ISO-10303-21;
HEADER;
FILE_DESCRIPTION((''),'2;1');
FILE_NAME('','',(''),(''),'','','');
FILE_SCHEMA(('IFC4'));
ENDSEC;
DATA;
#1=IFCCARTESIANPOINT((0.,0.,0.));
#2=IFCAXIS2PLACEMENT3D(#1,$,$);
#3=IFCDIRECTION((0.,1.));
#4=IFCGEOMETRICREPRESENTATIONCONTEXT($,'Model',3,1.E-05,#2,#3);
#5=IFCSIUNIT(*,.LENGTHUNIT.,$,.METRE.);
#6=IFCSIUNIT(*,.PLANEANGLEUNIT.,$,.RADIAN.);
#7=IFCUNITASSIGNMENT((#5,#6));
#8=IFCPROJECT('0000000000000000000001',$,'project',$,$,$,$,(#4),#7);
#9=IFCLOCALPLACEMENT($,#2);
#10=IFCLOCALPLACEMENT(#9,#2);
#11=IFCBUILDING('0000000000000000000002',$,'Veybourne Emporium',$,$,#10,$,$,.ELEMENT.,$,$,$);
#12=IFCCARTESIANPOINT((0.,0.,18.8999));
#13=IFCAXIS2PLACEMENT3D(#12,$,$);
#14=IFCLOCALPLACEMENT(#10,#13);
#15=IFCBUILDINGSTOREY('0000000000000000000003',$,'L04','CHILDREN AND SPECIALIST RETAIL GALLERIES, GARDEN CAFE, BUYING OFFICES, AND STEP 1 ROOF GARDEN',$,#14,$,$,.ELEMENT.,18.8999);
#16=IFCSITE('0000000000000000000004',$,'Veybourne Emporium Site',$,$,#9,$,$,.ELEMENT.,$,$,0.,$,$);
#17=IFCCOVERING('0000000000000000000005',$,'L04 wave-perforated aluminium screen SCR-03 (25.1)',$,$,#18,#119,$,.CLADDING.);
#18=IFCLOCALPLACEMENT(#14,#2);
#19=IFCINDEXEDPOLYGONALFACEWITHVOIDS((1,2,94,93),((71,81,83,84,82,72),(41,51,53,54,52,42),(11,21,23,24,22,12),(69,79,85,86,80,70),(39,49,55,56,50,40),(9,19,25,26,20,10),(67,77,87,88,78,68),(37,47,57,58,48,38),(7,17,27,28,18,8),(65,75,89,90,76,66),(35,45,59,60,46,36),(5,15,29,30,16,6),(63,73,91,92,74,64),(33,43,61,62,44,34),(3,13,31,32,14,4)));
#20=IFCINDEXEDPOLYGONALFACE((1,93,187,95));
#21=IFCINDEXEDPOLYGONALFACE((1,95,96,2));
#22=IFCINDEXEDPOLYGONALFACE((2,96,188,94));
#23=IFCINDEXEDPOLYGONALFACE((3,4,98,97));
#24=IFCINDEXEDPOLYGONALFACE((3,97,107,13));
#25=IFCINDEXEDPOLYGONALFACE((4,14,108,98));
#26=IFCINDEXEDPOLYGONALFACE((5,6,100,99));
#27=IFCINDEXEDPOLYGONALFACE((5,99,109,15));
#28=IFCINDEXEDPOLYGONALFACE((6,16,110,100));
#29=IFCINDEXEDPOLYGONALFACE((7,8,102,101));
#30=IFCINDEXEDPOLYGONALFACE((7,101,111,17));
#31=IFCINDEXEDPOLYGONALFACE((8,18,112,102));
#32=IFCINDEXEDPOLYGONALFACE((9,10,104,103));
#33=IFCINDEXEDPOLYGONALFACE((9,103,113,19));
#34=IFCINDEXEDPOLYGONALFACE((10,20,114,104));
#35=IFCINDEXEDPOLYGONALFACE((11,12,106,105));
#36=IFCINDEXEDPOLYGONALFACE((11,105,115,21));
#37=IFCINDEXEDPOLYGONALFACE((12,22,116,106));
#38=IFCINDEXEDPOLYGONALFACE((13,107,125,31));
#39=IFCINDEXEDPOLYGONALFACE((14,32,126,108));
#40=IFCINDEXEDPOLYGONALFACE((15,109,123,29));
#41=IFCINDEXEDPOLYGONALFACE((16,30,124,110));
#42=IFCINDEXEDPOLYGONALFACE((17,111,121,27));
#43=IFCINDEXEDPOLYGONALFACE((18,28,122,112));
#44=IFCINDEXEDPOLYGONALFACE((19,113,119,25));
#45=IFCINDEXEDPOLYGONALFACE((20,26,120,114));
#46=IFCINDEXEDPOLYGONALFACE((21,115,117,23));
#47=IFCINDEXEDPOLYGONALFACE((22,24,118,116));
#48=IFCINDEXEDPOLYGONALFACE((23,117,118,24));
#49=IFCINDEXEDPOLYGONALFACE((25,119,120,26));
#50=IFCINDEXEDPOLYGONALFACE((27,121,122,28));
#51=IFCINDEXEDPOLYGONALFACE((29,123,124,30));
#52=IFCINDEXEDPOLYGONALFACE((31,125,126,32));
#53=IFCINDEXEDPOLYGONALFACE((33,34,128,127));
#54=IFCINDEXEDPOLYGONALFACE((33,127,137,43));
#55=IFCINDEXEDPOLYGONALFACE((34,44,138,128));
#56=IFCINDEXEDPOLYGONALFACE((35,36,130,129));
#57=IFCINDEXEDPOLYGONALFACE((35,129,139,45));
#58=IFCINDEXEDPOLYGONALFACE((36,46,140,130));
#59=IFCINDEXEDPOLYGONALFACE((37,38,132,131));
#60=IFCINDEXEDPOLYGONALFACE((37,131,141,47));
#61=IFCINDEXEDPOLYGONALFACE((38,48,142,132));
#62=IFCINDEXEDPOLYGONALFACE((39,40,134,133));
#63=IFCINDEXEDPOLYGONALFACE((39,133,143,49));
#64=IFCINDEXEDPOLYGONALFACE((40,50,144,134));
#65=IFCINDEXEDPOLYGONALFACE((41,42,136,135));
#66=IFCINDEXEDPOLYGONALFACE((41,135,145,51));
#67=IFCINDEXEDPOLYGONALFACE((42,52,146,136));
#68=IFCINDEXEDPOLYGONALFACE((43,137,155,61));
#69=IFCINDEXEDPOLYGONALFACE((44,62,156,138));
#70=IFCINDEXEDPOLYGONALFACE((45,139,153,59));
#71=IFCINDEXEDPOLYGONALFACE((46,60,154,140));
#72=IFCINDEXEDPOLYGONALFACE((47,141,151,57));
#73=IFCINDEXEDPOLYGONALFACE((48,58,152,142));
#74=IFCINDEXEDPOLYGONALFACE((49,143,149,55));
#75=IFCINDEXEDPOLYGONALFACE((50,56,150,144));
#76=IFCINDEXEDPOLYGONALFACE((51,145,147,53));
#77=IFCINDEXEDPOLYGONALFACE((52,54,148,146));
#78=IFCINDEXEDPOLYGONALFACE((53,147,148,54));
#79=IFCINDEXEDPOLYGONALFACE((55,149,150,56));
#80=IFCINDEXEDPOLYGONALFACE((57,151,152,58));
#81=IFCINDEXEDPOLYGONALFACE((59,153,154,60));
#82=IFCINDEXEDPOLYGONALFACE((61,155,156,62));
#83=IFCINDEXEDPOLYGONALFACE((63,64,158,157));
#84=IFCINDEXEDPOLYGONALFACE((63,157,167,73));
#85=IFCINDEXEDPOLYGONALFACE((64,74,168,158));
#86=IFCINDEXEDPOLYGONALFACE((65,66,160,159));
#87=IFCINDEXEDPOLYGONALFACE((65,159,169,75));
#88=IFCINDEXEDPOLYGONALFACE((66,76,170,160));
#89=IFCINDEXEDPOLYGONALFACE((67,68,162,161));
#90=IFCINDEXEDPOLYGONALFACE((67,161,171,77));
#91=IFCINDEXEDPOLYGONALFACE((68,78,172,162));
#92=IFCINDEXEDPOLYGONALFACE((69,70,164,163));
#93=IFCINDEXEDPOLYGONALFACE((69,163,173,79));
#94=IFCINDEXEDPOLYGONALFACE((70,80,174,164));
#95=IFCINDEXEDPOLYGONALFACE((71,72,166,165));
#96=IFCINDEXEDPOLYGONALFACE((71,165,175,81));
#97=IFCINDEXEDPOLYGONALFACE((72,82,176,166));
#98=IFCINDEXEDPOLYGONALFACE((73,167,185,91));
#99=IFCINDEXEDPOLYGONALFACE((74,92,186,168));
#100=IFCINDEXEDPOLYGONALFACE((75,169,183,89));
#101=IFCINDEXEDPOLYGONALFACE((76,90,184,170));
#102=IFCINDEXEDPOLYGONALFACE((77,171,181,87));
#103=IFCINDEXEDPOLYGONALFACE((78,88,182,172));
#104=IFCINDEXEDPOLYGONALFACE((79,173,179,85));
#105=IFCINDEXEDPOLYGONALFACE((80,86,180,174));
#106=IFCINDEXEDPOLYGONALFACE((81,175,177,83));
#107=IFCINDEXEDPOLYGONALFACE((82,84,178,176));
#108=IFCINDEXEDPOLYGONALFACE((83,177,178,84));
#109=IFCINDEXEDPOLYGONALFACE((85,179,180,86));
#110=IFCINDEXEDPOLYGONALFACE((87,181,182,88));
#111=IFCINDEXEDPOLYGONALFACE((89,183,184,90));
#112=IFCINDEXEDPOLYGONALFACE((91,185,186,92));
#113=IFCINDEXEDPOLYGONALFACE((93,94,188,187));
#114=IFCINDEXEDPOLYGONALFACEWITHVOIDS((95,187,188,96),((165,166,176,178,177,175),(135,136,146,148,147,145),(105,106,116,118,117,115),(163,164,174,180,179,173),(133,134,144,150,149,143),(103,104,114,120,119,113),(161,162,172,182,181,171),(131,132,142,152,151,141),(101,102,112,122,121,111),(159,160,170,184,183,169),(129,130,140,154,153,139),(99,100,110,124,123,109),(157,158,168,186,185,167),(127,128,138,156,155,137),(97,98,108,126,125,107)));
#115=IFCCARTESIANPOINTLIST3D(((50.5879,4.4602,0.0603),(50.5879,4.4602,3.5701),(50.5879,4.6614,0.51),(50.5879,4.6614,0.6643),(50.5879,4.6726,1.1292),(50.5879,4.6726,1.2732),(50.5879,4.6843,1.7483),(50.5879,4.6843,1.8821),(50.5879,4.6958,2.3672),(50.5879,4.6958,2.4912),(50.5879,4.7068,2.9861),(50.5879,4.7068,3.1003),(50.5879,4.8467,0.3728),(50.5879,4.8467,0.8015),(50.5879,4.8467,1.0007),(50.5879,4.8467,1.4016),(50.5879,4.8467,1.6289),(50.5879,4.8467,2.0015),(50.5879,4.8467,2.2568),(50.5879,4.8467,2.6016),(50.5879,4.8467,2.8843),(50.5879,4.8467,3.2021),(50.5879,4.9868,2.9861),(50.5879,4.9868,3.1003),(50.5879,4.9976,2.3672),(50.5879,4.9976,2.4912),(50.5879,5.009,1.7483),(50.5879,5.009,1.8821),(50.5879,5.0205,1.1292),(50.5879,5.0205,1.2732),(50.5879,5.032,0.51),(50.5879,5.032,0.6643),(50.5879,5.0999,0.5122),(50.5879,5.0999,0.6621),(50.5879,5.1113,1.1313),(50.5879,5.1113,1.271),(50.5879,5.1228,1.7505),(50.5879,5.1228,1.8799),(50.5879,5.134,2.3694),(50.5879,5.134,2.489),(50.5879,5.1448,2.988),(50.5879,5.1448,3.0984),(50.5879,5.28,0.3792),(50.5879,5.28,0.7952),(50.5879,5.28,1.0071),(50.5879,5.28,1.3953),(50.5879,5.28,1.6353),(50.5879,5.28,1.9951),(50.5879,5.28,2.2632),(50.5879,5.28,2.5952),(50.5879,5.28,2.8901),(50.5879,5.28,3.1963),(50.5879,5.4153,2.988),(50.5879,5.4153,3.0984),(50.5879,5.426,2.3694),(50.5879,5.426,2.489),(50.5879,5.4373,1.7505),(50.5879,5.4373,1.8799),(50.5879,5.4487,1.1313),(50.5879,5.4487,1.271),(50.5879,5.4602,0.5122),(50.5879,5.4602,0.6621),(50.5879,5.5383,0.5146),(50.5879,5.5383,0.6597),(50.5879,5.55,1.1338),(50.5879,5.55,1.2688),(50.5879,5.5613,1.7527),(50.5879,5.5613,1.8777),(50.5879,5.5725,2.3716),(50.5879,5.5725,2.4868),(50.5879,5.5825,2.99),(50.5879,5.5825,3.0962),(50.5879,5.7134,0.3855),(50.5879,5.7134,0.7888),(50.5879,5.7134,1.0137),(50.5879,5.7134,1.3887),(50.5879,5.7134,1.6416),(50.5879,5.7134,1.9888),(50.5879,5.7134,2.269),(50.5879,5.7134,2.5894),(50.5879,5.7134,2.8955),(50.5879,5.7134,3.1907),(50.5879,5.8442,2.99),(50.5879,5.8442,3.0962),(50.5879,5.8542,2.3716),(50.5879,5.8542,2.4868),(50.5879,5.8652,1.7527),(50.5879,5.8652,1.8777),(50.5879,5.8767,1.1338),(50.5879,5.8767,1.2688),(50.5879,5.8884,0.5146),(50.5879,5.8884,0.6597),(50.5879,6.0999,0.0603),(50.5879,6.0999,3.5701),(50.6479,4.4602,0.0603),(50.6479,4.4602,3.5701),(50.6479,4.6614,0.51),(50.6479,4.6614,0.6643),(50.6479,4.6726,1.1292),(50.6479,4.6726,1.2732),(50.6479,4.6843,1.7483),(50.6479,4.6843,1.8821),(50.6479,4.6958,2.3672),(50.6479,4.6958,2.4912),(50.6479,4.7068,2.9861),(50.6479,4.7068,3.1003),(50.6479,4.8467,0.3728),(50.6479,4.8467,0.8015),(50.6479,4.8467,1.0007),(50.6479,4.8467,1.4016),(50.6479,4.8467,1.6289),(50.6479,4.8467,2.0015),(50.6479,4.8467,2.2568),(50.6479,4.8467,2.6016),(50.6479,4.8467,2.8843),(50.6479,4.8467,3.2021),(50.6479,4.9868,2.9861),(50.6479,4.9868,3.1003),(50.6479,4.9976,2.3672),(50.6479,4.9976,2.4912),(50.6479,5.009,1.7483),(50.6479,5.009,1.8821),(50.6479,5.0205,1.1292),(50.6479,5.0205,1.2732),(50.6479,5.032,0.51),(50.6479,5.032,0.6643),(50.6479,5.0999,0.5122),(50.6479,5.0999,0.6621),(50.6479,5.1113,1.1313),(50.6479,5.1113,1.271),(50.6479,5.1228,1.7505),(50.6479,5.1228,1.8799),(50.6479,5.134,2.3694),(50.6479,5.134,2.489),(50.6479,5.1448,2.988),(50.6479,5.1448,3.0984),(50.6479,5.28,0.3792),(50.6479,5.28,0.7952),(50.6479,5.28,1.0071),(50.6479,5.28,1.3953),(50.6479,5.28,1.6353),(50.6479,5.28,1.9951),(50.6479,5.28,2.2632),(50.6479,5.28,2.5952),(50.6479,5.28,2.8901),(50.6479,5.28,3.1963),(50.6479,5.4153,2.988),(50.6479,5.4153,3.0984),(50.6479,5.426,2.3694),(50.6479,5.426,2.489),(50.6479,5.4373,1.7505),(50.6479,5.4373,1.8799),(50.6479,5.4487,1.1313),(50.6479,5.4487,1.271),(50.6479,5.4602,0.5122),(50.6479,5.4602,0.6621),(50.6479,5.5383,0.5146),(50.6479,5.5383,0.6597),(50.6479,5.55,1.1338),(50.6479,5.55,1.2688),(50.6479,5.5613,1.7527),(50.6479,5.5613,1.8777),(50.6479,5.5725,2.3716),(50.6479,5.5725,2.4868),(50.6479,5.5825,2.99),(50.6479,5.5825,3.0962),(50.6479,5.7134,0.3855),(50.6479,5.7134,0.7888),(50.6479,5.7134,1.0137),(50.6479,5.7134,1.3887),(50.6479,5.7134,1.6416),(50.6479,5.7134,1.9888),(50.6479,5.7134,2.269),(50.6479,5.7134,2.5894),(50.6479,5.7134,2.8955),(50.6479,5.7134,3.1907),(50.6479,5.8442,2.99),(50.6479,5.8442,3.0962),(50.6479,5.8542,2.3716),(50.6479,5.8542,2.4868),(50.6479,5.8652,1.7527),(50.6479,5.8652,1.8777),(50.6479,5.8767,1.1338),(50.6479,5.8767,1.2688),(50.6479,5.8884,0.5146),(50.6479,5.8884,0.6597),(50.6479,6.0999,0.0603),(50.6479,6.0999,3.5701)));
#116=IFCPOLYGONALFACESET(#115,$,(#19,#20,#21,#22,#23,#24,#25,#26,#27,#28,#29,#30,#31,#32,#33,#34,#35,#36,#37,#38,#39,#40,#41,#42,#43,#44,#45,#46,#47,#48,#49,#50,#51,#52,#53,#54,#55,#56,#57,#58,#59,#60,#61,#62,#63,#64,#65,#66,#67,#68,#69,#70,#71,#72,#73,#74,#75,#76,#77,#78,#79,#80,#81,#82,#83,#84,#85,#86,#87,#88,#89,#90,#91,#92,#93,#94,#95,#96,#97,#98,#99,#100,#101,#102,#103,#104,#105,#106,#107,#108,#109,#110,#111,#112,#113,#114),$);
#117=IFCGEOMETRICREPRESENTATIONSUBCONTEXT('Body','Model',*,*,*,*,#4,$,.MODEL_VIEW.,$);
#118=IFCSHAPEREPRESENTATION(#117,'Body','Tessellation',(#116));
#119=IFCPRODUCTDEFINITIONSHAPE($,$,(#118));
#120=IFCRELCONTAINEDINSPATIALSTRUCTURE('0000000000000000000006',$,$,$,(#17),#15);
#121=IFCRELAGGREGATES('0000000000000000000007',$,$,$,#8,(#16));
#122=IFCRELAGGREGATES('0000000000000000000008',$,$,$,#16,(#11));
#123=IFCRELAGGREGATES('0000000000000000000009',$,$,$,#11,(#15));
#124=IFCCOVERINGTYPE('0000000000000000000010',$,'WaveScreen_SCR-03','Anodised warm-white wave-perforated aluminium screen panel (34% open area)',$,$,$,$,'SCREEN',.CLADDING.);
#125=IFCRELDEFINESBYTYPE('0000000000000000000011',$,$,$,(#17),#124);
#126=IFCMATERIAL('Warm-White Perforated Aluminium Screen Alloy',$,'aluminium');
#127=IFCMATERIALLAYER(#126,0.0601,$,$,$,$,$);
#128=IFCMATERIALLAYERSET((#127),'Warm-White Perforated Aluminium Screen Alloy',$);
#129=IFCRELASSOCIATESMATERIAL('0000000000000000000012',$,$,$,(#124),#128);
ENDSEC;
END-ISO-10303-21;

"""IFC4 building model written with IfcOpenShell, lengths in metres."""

from ifc_helpers import new_model, si_unit, direction, frame, origin, place, context, subcontext, project, spatial, polyline, outline, extrude, material, layer, layer_set, type_object, element, save


model = new_model("IFC4")

# Units and contexts
model_context = context("Model", 3, precision=1e-05, world=origin(), true_north=direction((0.0, 1.0)))
body_context = subcontext(model_context, "Body", "Model", "MODEL_VIEW")
ifc_project = project(units=[si_unit("LENGTHUNIT", "METRE"), si_unit("PLANEANGLEUNIT", "RADIAN")], contexts=[model_context])

# Site, building, storey
site_placement = place(None, origin())
site = spatial("IfcSite", under=ifc_project, at=site_placement, Name="Veybourne Emporium Site", CompositionType="ELEMENT", RefElevation=0.0)
building_placement = place(site_placement, origin())
building = spatial("IfcBuilding", under=site, at=building_placement, Name="Veybourne Emporium", CompositionType="ELEMENT")
storey_placement = place(building_placement, frame((0.0, 0.0, 18.8999)))
storey = spatial("IfcBuildingStorey", under=building, at=storey_placement, Name="L04", Description="CHILDREN AND SPECIALIST RETAIL GALLERIES, GARDEN CAFE, BUYING OFFICES, AND STEP 1 ROOF GARDEN", CompositionType="ELEMENT", Elevation=18.8999)

# Covering
ifc_material_1 = material(Name="Warm-White Perforated Aluminium Screen Alloy", Category="aluminium")
ifc_layer_1 = layer(ifc_material_1, 0.0601)
ifc_layer_set_1 = layer_set([ifc_layer_1], Name="Warm-White Perforated Aluminium Screen Alloy")
covering_type_1 = type_object("IfcCoveringType", Name="WaveScreen_SCR-03", Description="Anodised warm-white wave-perforated aluminium screen panel (34% open area)", ElementType="SCREEN", PredefinedType="CLADDING", material=ifc_layer_set_1)
covering_1_placement = place(storey_placement, frame((50.6479, 5.28, 1.8152), z_axis=(-1.0, 0.0, 0.0), x_axis=(0.0, -1.0, 0.0)))
element("IfcCovering", 1, at=covering_1_placement, inside=storey, type_object=covering_type_1, Name="L04 wave-perforated aluminium screen SCR-03 (25.1)", PredefinedType="CLADDING", context=body_context, shape_type="SweptSolid", body=[
    extrude(outline(polyline([(-0.8198, -1.7549), (0.8198, -1.7549), (0.8198, 1.7549), (-0.8198, 1.7549), (-0.8198, -1.7549)]), holes=[polyline([(-0.4333, -1.0264), (-0.2583, -1.1555), (-0.2583, -1.3005), (-0.4333, -1.4297), (-0.6084, -1.3005), (-0.6084, -1.1555), (-0.4333, -1.0264)]), polyline([(-0.4333, -0.4265), (-0.27, -0.5464), (-0.27, -0.6814), (-0.4333, -0.8015), (-0.5967, -0.6814), (-0.5967, -0.5464), (-0.4333, -0.4265)]), polyline([(-0.4333, 0.1736), (-0.2812, 0.0625), (-0.2812, -0.0625), (-0.4333, -0.1736), (-0.5852, -0.0625), (-0.5852, 0.0625), (-0.4333, 0.1736)]), polyline([(-0.4333, 0.7742), (-0.2925, 0.6716), (-0.2925, 0.5564), (-0.4333, 0.4539), (-0.5742, 0.5564), (-0.5742, 0.6716), (-0.4333, 0.7742)]), polyline([(-0.4333, 1.3755), (-0.3025, 1.281), (-0.3025, 1.1748), (-0.4333, 1.0803), (-0.5642, 1.1748), (-0.5642, 1.281), (-0.4333, 1.3755)]), polyline([(0.0, -1.02), (0.1802, -1.1531), (0.1802, -1.303), (0.0, -1.436), (-0.1802, -1.303), (-0.1802, -1.1531), (0.0, -1.02)]), polyline([(0.0, -0.4199), (0.1687, -0.5442), (0.1687, -0.6838), (0.0, -0.8081), (-0.1687, -0.6838), (-0.1687, -0.5442), (0.0, -0.4199)]), polyline([(0.0, 0.1799), (0.1572, 0.0647), (0.1572, -0.0647), (0.0, -0.1799), (-0.1572, -0.0647), (-0.1572, 0.0647), (0.0, 0.1799)]), polyline([(0.0, 0.78), (0.146, 0.6738), (0.146, 0.5542), (0.0, 0.448), (-0.146, 0.5542), (-0.146, 0.6738), (0.0, 0.78)]), polyline([(0.0, 1.3811), (0.1353, 1.2832), (0.1353, 1.1729), (0.0, 1.075), (-0.1353, 1.1729), (-0.1353, 1.2832), (0.0, 1.3811)]), polyline([(0.4333, -1.0137), (0.6187, -1.1509), (0.6187, -1.3052), (0.4333, -1.4424), (0.248, -1.3052), (0.248, -1.1509), (0.4333, -1.0137)]), polyline([(0.4333, -0.4136), (0.6074, -0.542), (0.6074, -0.686), (0.4333, -0.8145), (0.2595, -0.686), (0.2595, -0.542), (0.4333, -0.4136)]), polyline([(0.4333, 0.1863), (0.5957, 0.0669), (0.5957, -0.0669), (0.4333, -0.1863), (0.271, -0.0669), (0.271, 0.0669), (0.4333, 0.1863)]), polyline([(0.4333, 0.7864), (0.5842, 0.676), (0.5842, 0.552), (0.4333, 0.4417), (0.2825, 0.552), (0.2825, 0.676), (0.4333, 0.7864)]), polyline([(0.4333, 1.387), (0.5732, 1.2852), (0.5732, 1.1709), (0.4333, 1.0691), (0.2932, 1.1709), (0.2932, 1.2852), (0.4333, 1.387)])]), origin(), (0.0, 0.0, 1.0), 0.0601),
])

save(model, "model.ifc")
